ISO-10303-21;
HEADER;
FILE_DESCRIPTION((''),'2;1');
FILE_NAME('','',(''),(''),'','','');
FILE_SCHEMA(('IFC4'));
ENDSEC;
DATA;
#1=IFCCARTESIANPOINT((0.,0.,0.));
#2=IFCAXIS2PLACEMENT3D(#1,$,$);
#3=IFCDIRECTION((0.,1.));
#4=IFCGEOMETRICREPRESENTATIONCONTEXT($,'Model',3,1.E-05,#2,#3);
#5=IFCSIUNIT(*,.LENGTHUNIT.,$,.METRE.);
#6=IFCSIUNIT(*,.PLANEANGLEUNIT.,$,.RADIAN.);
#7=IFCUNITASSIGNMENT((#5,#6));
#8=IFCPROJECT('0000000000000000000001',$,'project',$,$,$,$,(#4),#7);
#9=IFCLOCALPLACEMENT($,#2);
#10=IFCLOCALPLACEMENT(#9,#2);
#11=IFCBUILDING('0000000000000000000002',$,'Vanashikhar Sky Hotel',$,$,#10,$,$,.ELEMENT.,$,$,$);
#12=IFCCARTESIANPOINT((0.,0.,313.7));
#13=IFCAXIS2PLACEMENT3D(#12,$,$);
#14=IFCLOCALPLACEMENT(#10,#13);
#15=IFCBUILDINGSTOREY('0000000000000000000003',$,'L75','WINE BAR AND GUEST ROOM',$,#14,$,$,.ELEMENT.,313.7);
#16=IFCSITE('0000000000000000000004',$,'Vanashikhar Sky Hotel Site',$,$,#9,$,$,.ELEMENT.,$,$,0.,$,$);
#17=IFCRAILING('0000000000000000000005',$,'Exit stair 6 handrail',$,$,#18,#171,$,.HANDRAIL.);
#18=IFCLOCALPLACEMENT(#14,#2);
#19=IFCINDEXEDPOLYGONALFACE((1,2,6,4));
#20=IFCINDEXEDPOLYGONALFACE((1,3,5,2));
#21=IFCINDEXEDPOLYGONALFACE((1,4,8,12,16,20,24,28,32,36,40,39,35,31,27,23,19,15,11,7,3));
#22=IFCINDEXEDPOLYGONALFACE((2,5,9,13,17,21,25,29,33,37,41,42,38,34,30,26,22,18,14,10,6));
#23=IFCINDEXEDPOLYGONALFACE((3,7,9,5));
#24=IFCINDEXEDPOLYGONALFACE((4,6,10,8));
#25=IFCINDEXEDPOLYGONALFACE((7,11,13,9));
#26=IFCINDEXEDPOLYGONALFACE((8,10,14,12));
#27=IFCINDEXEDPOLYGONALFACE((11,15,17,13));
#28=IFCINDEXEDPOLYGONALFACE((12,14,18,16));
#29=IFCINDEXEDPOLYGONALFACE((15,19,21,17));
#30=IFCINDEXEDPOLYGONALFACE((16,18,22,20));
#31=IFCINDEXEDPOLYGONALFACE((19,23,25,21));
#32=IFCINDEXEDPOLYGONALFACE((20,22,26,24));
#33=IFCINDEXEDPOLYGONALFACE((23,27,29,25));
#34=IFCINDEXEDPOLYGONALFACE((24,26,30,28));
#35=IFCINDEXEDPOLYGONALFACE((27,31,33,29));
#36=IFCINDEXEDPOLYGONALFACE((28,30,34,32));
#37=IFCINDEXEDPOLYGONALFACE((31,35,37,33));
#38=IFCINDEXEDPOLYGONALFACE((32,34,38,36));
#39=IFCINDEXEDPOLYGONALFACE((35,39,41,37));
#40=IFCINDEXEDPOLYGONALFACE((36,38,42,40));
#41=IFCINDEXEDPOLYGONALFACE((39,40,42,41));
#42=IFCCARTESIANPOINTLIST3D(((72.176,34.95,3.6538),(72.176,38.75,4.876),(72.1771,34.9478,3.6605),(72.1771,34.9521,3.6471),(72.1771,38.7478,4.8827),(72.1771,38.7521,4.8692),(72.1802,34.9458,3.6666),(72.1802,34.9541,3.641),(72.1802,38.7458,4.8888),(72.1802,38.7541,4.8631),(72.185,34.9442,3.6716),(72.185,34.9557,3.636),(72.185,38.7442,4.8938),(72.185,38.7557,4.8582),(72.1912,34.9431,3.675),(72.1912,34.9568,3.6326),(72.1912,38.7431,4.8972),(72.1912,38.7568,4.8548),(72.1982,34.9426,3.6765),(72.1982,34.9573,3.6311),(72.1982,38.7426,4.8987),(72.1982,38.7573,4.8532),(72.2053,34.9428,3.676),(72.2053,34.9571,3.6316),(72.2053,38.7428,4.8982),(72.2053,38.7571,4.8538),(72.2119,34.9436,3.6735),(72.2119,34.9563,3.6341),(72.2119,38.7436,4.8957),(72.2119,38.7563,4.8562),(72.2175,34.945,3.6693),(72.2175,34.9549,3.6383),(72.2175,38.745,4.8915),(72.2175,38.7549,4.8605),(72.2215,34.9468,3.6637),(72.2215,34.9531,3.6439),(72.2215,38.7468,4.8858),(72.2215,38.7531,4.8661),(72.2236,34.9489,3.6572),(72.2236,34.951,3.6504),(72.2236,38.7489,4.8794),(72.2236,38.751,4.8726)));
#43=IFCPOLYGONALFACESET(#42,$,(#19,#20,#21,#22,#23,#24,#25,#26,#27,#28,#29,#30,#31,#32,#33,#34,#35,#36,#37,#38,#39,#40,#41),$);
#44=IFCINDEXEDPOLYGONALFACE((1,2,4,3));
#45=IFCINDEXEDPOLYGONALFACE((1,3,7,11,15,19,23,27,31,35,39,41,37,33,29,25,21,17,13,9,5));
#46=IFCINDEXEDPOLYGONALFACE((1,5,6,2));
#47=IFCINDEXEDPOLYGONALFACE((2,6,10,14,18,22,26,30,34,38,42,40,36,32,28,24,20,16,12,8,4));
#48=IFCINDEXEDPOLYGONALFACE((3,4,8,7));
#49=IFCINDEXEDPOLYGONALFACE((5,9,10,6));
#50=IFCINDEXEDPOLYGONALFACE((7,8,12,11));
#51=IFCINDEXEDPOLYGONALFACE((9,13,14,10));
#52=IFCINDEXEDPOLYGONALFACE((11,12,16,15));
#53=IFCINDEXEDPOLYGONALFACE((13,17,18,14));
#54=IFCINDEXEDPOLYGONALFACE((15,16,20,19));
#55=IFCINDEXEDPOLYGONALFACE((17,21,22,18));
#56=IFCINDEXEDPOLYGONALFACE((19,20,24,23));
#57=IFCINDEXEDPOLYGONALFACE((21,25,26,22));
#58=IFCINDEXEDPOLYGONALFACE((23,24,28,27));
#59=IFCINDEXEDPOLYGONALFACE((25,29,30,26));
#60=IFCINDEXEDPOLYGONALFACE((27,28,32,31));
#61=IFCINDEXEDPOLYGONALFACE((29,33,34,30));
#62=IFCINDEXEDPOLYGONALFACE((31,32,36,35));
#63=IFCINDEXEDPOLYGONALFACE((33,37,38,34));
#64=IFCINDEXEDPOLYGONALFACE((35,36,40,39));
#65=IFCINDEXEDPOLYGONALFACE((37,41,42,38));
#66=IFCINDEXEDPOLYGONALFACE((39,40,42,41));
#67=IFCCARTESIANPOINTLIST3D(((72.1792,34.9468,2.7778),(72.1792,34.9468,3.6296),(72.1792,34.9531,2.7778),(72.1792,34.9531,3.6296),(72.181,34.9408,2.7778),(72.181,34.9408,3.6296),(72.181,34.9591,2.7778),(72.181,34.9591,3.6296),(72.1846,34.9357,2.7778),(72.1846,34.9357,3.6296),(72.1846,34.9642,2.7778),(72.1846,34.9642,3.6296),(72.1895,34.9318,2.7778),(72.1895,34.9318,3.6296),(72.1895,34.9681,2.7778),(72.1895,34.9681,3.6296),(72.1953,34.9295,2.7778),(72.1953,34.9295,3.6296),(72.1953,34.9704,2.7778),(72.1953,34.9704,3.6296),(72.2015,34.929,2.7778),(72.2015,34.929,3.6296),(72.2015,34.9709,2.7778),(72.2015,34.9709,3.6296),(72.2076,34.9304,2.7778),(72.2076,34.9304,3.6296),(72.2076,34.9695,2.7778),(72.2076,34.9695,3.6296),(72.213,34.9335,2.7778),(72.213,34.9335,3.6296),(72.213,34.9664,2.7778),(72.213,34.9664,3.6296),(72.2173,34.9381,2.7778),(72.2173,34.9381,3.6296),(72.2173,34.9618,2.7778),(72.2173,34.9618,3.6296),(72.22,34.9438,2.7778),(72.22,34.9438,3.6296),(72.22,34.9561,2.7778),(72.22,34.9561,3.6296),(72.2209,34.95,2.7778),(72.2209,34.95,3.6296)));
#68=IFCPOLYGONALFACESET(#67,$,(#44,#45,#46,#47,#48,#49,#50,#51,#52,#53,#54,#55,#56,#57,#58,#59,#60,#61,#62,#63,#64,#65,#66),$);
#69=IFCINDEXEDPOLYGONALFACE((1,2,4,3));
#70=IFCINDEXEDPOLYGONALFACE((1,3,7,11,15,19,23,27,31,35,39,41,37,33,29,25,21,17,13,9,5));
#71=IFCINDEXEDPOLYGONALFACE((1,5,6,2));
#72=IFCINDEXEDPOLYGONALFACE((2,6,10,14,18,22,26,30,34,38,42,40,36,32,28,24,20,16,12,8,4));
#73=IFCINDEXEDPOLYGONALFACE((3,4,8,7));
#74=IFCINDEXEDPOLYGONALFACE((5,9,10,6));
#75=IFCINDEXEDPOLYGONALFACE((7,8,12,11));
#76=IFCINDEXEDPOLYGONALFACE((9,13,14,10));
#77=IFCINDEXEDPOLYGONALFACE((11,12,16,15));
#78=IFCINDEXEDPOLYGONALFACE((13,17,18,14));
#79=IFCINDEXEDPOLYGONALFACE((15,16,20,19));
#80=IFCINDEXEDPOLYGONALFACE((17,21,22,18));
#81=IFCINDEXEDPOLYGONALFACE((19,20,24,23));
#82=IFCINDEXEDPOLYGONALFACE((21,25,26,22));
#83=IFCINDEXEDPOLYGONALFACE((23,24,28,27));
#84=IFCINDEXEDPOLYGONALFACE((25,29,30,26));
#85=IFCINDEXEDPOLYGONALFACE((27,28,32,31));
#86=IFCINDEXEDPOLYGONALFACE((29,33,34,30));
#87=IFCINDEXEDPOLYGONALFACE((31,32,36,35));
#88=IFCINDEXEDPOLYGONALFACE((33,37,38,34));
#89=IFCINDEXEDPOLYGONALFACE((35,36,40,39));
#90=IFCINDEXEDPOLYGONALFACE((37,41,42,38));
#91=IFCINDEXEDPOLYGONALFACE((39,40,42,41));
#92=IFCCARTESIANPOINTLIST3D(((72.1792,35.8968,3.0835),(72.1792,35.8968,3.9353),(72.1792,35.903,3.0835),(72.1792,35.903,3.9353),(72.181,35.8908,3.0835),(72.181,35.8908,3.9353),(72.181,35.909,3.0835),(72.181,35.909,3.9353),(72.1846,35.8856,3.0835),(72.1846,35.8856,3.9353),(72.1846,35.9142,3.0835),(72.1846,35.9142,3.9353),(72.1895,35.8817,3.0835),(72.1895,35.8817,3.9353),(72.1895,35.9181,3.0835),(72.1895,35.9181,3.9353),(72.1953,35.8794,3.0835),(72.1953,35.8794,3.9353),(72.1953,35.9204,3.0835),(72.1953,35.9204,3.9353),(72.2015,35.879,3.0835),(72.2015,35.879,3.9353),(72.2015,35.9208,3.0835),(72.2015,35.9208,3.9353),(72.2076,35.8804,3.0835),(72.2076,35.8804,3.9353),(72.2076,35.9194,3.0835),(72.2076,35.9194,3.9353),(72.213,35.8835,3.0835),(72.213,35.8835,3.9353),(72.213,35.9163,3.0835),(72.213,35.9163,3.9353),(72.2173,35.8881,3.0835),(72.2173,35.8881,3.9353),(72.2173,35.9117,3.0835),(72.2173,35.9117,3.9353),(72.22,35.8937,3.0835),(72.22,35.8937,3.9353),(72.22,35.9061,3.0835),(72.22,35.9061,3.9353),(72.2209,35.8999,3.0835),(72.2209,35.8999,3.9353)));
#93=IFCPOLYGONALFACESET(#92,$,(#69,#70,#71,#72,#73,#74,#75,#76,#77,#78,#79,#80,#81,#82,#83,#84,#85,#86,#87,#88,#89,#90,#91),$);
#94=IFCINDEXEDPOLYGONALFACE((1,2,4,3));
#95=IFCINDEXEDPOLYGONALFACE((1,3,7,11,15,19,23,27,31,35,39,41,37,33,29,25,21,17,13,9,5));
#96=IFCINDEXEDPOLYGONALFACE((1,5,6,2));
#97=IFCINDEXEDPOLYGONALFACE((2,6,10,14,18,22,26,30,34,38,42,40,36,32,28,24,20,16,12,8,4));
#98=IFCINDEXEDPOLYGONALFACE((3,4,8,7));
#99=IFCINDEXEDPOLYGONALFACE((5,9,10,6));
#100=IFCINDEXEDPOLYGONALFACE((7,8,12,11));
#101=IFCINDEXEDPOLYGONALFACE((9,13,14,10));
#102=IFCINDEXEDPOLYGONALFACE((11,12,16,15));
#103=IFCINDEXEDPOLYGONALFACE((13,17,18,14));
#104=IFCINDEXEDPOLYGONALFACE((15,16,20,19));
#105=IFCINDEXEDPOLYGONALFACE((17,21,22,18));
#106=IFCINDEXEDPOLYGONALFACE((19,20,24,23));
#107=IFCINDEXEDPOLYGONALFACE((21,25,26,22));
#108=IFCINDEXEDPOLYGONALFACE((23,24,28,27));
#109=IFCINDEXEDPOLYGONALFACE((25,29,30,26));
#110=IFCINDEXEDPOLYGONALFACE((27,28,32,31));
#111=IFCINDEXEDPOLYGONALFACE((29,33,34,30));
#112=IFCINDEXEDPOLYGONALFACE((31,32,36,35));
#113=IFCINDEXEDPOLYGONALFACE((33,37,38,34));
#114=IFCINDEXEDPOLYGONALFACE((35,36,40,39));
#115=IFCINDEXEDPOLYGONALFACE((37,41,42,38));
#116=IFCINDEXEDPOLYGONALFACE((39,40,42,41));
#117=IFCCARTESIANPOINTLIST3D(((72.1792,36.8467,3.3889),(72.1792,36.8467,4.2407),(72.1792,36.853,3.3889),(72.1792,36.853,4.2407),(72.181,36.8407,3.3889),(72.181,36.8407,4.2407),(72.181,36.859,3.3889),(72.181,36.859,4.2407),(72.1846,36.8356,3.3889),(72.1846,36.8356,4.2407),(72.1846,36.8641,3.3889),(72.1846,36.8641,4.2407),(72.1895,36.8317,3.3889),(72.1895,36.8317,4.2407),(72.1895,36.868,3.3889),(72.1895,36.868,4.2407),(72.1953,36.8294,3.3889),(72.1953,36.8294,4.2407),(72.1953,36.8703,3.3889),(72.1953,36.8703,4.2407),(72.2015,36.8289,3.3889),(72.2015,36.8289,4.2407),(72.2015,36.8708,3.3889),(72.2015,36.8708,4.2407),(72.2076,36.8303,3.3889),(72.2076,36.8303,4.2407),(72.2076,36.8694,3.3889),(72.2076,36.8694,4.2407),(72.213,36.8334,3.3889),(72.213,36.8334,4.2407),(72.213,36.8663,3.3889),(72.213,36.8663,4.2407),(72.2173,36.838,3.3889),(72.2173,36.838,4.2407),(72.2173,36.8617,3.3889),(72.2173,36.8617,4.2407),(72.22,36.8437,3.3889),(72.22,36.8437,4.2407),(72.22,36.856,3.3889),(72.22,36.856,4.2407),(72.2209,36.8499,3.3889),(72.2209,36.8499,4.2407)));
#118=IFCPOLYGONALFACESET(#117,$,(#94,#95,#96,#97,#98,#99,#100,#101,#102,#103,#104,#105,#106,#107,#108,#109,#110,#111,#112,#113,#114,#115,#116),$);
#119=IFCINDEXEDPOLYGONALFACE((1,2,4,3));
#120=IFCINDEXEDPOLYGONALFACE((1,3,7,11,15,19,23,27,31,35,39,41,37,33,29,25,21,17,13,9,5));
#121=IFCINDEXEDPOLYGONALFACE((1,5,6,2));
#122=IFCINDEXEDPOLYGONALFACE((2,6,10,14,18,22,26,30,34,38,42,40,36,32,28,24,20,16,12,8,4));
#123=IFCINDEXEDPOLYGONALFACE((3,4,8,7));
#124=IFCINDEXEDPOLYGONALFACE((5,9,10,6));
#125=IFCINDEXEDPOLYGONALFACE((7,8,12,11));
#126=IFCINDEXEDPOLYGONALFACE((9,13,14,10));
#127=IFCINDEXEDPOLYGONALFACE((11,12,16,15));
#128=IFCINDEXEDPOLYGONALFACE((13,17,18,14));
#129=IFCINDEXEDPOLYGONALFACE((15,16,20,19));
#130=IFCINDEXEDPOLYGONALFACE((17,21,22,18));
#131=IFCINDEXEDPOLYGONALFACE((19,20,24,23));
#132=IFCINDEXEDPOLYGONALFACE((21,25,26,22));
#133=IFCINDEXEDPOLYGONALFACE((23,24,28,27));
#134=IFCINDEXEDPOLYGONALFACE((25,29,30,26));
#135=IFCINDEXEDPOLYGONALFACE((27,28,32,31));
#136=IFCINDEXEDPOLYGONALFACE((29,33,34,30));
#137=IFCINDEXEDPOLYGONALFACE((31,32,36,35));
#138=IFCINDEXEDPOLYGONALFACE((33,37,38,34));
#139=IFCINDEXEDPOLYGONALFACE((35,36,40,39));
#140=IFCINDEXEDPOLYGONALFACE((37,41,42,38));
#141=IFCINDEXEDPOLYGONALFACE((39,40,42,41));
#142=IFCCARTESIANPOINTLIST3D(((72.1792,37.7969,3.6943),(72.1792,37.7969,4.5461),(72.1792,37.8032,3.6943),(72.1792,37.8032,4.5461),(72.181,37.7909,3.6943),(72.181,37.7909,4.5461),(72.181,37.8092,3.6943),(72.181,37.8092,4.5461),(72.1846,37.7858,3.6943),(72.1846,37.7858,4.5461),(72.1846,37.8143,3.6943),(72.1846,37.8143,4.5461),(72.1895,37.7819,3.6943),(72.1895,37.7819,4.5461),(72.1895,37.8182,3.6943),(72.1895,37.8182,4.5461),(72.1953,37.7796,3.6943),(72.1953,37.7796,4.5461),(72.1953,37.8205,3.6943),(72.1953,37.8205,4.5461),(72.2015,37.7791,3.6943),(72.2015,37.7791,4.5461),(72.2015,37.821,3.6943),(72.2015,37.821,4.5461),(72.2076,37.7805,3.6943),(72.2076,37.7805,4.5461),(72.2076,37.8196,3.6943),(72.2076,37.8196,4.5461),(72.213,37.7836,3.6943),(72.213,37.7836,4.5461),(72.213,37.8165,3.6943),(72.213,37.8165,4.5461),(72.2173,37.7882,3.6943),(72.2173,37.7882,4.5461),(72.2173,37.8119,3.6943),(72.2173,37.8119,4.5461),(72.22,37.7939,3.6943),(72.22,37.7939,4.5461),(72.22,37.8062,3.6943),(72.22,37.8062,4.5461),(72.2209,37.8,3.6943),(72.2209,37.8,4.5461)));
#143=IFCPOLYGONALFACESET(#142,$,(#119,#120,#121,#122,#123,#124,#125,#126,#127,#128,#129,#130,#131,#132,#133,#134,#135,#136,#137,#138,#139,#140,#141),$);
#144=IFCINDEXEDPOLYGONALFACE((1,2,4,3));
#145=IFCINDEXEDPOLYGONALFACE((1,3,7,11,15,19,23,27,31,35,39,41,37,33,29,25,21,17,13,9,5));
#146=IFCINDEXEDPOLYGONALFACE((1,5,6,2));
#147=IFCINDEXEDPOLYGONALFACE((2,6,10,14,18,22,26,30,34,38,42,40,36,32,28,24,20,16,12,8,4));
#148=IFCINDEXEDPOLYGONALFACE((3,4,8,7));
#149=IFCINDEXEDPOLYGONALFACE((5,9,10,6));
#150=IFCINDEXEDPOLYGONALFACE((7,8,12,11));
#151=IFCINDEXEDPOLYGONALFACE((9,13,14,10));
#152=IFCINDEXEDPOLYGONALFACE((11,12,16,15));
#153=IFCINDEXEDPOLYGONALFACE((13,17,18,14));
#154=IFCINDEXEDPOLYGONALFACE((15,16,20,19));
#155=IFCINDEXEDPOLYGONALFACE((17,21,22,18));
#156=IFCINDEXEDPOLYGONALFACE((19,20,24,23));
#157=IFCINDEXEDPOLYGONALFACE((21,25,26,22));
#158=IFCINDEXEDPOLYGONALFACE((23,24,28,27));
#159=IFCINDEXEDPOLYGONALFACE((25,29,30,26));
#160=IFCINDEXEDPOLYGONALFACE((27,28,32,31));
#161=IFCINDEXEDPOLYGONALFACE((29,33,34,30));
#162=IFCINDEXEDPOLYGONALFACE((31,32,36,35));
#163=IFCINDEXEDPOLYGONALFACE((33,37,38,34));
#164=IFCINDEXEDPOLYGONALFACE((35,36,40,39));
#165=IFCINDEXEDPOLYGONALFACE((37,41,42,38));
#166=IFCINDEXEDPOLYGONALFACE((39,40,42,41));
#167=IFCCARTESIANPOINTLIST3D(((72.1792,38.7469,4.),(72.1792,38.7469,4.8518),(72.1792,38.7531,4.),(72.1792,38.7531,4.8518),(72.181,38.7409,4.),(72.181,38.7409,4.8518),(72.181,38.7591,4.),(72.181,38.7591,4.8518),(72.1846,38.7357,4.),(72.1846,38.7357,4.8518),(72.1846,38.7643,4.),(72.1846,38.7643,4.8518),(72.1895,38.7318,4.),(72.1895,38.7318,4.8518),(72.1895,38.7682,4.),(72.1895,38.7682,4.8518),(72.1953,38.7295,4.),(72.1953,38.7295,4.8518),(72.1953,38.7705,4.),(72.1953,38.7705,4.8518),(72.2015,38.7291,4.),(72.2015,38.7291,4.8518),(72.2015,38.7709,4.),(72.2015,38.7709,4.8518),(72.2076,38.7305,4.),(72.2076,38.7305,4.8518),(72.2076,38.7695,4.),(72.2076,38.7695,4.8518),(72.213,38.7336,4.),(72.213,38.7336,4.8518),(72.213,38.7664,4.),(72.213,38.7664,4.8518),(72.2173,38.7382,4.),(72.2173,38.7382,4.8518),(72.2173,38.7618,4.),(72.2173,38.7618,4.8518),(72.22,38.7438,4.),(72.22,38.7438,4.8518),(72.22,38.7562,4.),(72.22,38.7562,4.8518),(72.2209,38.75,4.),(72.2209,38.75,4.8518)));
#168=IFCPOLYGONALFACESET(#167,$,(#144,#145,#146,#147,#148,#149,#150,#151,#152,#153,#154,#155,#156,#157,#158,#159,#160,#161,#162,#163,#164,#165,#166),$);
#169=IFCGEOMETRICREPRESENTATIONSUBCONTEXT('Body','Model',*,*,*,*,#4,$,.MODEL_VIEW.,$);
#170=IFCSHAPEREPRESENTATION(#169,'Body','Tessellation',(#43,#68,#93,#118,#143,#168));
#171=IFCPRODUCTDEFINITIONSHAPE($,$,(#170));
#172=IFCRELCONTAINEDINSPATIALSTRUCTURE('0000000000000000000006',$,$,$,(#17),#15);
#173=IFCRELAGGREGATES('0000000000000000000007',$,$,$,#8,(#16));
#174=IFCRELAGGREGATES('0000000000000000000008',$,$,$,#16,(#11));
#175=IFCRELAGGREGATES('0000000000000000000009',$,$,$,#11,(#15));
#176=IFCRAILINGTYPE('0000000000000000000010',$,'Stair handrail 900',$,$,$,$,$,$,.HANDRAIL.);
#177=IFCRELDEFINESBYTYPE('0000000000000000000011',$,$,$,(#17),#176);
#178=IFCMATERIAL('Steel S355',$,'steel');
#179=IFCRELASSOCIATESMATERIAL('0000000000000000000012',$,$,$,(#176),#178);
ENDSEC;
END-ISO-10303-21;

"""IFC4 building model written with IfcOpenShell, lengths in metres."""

from ifc_helpers import new_model, si_unit, direction, frame, origin, origin_2d, place, context, subcontext, project, spatial, circle, extrude, source, transform, mapped, material, type_object, element, save


model = new_model("IFC4")

# Units and contexts
model_context = context("Model", 3, precision=1e-05, world=origin(), true_north=direction((0.0, 1.0)))
body_context = subcontext(model_context, "Body", "Model", "MODEL_VIEW")
ifc_project = project(units=[si_unit("LENGTHUNIT", "METRE"), si_unit("PLANEANGLEUNIT", "RADIAN")], contexts=[model_context])

# Site, building, storey
site_placement = place(None, origin())
site = spatial("IfcSite", under=ifc_project, at=site_placement, Name="Vanashikhar Sky Hotel Site", CompositionType="ELEMENT", RefElevation=0.0)
building_placement = place(site_placement, origin())
building = spatial("IfcBuilding", under=site, at=building_placement, Name="Vanashikhar Sky Hotel", CompositionType="ELEMENT")
storey_placement = place(building_placement, frame((0.0, 0.0, 313.7)))
storey = spatial("IfcBuildingStorey", under=building, at=storey_placement, Name="L75", Description="WINE BAR AND GUEST ROOM", CompositionType="ELEMENT", Elevation=313.7)

# Railing
ifc_material_1 = material(Name="Steel S355", Category="steel")
railing_type = type_object("IfcRailingType", Name="Stair handrail 900", PredefinedType="HANDRAIL", material=ifc_material_1)
shared_shape_1 = source(origin(), body_context, "Body", "SweptSolid", [
    extrude(circle(Radius=0.0239, at=origin_2d()), frame((0.0, 0.0, 0.876), z_axis=(0.0, 0.951976, 0.306173), x_axis=(-1.0, 0.0, 0.0)), (0.0, 0.0, 1.0), 3.9917),
    extrude(circle(Radius=0.021, at=origin_2d()), origin(), (0.0, 0.0, 1.0), 0.8518),
    extrude(circle(Radius=0.021, at=origin_2d()), frame((0.0, 0.95, 0.3057)), (0.0, 0.0, 1.0), 0.8518),
    extrude(circle(Radius=0.021, at=origin_2d()), frame((0.0, 1.8999, 0.6111)), (0.0, 0.0, 1.0), 0.8518),
    extrude(circle(Radius=0.021, at=origin_2d()), frame((0.0, 2.8501, 0.9165)), (0.0, 0.0, 1.0), 0.8518),
    extrude(circle(Radius=0.021, at=origin_2d()), frame((0.0, 3.8, 1.2222)), (0.0, 0.0, 1.0), 0.8518),
])
railing_1_placement = place(storey_placement, frame((72.2, 34.95, 2.7778)))
element("IfcRailing", 1, at=railing_1_placement, inside=storey, type_object=railing_type, Name="Exit stair 6 handrail", PredefinedType="HANDRAIL", context=body_context, shape_type="MappedRepresentation", body=[
    mapped(shared_shape_1, transform((0.0, 0.0, 0.0), scale=1.0)),
])

save(model, "model.ifc")
